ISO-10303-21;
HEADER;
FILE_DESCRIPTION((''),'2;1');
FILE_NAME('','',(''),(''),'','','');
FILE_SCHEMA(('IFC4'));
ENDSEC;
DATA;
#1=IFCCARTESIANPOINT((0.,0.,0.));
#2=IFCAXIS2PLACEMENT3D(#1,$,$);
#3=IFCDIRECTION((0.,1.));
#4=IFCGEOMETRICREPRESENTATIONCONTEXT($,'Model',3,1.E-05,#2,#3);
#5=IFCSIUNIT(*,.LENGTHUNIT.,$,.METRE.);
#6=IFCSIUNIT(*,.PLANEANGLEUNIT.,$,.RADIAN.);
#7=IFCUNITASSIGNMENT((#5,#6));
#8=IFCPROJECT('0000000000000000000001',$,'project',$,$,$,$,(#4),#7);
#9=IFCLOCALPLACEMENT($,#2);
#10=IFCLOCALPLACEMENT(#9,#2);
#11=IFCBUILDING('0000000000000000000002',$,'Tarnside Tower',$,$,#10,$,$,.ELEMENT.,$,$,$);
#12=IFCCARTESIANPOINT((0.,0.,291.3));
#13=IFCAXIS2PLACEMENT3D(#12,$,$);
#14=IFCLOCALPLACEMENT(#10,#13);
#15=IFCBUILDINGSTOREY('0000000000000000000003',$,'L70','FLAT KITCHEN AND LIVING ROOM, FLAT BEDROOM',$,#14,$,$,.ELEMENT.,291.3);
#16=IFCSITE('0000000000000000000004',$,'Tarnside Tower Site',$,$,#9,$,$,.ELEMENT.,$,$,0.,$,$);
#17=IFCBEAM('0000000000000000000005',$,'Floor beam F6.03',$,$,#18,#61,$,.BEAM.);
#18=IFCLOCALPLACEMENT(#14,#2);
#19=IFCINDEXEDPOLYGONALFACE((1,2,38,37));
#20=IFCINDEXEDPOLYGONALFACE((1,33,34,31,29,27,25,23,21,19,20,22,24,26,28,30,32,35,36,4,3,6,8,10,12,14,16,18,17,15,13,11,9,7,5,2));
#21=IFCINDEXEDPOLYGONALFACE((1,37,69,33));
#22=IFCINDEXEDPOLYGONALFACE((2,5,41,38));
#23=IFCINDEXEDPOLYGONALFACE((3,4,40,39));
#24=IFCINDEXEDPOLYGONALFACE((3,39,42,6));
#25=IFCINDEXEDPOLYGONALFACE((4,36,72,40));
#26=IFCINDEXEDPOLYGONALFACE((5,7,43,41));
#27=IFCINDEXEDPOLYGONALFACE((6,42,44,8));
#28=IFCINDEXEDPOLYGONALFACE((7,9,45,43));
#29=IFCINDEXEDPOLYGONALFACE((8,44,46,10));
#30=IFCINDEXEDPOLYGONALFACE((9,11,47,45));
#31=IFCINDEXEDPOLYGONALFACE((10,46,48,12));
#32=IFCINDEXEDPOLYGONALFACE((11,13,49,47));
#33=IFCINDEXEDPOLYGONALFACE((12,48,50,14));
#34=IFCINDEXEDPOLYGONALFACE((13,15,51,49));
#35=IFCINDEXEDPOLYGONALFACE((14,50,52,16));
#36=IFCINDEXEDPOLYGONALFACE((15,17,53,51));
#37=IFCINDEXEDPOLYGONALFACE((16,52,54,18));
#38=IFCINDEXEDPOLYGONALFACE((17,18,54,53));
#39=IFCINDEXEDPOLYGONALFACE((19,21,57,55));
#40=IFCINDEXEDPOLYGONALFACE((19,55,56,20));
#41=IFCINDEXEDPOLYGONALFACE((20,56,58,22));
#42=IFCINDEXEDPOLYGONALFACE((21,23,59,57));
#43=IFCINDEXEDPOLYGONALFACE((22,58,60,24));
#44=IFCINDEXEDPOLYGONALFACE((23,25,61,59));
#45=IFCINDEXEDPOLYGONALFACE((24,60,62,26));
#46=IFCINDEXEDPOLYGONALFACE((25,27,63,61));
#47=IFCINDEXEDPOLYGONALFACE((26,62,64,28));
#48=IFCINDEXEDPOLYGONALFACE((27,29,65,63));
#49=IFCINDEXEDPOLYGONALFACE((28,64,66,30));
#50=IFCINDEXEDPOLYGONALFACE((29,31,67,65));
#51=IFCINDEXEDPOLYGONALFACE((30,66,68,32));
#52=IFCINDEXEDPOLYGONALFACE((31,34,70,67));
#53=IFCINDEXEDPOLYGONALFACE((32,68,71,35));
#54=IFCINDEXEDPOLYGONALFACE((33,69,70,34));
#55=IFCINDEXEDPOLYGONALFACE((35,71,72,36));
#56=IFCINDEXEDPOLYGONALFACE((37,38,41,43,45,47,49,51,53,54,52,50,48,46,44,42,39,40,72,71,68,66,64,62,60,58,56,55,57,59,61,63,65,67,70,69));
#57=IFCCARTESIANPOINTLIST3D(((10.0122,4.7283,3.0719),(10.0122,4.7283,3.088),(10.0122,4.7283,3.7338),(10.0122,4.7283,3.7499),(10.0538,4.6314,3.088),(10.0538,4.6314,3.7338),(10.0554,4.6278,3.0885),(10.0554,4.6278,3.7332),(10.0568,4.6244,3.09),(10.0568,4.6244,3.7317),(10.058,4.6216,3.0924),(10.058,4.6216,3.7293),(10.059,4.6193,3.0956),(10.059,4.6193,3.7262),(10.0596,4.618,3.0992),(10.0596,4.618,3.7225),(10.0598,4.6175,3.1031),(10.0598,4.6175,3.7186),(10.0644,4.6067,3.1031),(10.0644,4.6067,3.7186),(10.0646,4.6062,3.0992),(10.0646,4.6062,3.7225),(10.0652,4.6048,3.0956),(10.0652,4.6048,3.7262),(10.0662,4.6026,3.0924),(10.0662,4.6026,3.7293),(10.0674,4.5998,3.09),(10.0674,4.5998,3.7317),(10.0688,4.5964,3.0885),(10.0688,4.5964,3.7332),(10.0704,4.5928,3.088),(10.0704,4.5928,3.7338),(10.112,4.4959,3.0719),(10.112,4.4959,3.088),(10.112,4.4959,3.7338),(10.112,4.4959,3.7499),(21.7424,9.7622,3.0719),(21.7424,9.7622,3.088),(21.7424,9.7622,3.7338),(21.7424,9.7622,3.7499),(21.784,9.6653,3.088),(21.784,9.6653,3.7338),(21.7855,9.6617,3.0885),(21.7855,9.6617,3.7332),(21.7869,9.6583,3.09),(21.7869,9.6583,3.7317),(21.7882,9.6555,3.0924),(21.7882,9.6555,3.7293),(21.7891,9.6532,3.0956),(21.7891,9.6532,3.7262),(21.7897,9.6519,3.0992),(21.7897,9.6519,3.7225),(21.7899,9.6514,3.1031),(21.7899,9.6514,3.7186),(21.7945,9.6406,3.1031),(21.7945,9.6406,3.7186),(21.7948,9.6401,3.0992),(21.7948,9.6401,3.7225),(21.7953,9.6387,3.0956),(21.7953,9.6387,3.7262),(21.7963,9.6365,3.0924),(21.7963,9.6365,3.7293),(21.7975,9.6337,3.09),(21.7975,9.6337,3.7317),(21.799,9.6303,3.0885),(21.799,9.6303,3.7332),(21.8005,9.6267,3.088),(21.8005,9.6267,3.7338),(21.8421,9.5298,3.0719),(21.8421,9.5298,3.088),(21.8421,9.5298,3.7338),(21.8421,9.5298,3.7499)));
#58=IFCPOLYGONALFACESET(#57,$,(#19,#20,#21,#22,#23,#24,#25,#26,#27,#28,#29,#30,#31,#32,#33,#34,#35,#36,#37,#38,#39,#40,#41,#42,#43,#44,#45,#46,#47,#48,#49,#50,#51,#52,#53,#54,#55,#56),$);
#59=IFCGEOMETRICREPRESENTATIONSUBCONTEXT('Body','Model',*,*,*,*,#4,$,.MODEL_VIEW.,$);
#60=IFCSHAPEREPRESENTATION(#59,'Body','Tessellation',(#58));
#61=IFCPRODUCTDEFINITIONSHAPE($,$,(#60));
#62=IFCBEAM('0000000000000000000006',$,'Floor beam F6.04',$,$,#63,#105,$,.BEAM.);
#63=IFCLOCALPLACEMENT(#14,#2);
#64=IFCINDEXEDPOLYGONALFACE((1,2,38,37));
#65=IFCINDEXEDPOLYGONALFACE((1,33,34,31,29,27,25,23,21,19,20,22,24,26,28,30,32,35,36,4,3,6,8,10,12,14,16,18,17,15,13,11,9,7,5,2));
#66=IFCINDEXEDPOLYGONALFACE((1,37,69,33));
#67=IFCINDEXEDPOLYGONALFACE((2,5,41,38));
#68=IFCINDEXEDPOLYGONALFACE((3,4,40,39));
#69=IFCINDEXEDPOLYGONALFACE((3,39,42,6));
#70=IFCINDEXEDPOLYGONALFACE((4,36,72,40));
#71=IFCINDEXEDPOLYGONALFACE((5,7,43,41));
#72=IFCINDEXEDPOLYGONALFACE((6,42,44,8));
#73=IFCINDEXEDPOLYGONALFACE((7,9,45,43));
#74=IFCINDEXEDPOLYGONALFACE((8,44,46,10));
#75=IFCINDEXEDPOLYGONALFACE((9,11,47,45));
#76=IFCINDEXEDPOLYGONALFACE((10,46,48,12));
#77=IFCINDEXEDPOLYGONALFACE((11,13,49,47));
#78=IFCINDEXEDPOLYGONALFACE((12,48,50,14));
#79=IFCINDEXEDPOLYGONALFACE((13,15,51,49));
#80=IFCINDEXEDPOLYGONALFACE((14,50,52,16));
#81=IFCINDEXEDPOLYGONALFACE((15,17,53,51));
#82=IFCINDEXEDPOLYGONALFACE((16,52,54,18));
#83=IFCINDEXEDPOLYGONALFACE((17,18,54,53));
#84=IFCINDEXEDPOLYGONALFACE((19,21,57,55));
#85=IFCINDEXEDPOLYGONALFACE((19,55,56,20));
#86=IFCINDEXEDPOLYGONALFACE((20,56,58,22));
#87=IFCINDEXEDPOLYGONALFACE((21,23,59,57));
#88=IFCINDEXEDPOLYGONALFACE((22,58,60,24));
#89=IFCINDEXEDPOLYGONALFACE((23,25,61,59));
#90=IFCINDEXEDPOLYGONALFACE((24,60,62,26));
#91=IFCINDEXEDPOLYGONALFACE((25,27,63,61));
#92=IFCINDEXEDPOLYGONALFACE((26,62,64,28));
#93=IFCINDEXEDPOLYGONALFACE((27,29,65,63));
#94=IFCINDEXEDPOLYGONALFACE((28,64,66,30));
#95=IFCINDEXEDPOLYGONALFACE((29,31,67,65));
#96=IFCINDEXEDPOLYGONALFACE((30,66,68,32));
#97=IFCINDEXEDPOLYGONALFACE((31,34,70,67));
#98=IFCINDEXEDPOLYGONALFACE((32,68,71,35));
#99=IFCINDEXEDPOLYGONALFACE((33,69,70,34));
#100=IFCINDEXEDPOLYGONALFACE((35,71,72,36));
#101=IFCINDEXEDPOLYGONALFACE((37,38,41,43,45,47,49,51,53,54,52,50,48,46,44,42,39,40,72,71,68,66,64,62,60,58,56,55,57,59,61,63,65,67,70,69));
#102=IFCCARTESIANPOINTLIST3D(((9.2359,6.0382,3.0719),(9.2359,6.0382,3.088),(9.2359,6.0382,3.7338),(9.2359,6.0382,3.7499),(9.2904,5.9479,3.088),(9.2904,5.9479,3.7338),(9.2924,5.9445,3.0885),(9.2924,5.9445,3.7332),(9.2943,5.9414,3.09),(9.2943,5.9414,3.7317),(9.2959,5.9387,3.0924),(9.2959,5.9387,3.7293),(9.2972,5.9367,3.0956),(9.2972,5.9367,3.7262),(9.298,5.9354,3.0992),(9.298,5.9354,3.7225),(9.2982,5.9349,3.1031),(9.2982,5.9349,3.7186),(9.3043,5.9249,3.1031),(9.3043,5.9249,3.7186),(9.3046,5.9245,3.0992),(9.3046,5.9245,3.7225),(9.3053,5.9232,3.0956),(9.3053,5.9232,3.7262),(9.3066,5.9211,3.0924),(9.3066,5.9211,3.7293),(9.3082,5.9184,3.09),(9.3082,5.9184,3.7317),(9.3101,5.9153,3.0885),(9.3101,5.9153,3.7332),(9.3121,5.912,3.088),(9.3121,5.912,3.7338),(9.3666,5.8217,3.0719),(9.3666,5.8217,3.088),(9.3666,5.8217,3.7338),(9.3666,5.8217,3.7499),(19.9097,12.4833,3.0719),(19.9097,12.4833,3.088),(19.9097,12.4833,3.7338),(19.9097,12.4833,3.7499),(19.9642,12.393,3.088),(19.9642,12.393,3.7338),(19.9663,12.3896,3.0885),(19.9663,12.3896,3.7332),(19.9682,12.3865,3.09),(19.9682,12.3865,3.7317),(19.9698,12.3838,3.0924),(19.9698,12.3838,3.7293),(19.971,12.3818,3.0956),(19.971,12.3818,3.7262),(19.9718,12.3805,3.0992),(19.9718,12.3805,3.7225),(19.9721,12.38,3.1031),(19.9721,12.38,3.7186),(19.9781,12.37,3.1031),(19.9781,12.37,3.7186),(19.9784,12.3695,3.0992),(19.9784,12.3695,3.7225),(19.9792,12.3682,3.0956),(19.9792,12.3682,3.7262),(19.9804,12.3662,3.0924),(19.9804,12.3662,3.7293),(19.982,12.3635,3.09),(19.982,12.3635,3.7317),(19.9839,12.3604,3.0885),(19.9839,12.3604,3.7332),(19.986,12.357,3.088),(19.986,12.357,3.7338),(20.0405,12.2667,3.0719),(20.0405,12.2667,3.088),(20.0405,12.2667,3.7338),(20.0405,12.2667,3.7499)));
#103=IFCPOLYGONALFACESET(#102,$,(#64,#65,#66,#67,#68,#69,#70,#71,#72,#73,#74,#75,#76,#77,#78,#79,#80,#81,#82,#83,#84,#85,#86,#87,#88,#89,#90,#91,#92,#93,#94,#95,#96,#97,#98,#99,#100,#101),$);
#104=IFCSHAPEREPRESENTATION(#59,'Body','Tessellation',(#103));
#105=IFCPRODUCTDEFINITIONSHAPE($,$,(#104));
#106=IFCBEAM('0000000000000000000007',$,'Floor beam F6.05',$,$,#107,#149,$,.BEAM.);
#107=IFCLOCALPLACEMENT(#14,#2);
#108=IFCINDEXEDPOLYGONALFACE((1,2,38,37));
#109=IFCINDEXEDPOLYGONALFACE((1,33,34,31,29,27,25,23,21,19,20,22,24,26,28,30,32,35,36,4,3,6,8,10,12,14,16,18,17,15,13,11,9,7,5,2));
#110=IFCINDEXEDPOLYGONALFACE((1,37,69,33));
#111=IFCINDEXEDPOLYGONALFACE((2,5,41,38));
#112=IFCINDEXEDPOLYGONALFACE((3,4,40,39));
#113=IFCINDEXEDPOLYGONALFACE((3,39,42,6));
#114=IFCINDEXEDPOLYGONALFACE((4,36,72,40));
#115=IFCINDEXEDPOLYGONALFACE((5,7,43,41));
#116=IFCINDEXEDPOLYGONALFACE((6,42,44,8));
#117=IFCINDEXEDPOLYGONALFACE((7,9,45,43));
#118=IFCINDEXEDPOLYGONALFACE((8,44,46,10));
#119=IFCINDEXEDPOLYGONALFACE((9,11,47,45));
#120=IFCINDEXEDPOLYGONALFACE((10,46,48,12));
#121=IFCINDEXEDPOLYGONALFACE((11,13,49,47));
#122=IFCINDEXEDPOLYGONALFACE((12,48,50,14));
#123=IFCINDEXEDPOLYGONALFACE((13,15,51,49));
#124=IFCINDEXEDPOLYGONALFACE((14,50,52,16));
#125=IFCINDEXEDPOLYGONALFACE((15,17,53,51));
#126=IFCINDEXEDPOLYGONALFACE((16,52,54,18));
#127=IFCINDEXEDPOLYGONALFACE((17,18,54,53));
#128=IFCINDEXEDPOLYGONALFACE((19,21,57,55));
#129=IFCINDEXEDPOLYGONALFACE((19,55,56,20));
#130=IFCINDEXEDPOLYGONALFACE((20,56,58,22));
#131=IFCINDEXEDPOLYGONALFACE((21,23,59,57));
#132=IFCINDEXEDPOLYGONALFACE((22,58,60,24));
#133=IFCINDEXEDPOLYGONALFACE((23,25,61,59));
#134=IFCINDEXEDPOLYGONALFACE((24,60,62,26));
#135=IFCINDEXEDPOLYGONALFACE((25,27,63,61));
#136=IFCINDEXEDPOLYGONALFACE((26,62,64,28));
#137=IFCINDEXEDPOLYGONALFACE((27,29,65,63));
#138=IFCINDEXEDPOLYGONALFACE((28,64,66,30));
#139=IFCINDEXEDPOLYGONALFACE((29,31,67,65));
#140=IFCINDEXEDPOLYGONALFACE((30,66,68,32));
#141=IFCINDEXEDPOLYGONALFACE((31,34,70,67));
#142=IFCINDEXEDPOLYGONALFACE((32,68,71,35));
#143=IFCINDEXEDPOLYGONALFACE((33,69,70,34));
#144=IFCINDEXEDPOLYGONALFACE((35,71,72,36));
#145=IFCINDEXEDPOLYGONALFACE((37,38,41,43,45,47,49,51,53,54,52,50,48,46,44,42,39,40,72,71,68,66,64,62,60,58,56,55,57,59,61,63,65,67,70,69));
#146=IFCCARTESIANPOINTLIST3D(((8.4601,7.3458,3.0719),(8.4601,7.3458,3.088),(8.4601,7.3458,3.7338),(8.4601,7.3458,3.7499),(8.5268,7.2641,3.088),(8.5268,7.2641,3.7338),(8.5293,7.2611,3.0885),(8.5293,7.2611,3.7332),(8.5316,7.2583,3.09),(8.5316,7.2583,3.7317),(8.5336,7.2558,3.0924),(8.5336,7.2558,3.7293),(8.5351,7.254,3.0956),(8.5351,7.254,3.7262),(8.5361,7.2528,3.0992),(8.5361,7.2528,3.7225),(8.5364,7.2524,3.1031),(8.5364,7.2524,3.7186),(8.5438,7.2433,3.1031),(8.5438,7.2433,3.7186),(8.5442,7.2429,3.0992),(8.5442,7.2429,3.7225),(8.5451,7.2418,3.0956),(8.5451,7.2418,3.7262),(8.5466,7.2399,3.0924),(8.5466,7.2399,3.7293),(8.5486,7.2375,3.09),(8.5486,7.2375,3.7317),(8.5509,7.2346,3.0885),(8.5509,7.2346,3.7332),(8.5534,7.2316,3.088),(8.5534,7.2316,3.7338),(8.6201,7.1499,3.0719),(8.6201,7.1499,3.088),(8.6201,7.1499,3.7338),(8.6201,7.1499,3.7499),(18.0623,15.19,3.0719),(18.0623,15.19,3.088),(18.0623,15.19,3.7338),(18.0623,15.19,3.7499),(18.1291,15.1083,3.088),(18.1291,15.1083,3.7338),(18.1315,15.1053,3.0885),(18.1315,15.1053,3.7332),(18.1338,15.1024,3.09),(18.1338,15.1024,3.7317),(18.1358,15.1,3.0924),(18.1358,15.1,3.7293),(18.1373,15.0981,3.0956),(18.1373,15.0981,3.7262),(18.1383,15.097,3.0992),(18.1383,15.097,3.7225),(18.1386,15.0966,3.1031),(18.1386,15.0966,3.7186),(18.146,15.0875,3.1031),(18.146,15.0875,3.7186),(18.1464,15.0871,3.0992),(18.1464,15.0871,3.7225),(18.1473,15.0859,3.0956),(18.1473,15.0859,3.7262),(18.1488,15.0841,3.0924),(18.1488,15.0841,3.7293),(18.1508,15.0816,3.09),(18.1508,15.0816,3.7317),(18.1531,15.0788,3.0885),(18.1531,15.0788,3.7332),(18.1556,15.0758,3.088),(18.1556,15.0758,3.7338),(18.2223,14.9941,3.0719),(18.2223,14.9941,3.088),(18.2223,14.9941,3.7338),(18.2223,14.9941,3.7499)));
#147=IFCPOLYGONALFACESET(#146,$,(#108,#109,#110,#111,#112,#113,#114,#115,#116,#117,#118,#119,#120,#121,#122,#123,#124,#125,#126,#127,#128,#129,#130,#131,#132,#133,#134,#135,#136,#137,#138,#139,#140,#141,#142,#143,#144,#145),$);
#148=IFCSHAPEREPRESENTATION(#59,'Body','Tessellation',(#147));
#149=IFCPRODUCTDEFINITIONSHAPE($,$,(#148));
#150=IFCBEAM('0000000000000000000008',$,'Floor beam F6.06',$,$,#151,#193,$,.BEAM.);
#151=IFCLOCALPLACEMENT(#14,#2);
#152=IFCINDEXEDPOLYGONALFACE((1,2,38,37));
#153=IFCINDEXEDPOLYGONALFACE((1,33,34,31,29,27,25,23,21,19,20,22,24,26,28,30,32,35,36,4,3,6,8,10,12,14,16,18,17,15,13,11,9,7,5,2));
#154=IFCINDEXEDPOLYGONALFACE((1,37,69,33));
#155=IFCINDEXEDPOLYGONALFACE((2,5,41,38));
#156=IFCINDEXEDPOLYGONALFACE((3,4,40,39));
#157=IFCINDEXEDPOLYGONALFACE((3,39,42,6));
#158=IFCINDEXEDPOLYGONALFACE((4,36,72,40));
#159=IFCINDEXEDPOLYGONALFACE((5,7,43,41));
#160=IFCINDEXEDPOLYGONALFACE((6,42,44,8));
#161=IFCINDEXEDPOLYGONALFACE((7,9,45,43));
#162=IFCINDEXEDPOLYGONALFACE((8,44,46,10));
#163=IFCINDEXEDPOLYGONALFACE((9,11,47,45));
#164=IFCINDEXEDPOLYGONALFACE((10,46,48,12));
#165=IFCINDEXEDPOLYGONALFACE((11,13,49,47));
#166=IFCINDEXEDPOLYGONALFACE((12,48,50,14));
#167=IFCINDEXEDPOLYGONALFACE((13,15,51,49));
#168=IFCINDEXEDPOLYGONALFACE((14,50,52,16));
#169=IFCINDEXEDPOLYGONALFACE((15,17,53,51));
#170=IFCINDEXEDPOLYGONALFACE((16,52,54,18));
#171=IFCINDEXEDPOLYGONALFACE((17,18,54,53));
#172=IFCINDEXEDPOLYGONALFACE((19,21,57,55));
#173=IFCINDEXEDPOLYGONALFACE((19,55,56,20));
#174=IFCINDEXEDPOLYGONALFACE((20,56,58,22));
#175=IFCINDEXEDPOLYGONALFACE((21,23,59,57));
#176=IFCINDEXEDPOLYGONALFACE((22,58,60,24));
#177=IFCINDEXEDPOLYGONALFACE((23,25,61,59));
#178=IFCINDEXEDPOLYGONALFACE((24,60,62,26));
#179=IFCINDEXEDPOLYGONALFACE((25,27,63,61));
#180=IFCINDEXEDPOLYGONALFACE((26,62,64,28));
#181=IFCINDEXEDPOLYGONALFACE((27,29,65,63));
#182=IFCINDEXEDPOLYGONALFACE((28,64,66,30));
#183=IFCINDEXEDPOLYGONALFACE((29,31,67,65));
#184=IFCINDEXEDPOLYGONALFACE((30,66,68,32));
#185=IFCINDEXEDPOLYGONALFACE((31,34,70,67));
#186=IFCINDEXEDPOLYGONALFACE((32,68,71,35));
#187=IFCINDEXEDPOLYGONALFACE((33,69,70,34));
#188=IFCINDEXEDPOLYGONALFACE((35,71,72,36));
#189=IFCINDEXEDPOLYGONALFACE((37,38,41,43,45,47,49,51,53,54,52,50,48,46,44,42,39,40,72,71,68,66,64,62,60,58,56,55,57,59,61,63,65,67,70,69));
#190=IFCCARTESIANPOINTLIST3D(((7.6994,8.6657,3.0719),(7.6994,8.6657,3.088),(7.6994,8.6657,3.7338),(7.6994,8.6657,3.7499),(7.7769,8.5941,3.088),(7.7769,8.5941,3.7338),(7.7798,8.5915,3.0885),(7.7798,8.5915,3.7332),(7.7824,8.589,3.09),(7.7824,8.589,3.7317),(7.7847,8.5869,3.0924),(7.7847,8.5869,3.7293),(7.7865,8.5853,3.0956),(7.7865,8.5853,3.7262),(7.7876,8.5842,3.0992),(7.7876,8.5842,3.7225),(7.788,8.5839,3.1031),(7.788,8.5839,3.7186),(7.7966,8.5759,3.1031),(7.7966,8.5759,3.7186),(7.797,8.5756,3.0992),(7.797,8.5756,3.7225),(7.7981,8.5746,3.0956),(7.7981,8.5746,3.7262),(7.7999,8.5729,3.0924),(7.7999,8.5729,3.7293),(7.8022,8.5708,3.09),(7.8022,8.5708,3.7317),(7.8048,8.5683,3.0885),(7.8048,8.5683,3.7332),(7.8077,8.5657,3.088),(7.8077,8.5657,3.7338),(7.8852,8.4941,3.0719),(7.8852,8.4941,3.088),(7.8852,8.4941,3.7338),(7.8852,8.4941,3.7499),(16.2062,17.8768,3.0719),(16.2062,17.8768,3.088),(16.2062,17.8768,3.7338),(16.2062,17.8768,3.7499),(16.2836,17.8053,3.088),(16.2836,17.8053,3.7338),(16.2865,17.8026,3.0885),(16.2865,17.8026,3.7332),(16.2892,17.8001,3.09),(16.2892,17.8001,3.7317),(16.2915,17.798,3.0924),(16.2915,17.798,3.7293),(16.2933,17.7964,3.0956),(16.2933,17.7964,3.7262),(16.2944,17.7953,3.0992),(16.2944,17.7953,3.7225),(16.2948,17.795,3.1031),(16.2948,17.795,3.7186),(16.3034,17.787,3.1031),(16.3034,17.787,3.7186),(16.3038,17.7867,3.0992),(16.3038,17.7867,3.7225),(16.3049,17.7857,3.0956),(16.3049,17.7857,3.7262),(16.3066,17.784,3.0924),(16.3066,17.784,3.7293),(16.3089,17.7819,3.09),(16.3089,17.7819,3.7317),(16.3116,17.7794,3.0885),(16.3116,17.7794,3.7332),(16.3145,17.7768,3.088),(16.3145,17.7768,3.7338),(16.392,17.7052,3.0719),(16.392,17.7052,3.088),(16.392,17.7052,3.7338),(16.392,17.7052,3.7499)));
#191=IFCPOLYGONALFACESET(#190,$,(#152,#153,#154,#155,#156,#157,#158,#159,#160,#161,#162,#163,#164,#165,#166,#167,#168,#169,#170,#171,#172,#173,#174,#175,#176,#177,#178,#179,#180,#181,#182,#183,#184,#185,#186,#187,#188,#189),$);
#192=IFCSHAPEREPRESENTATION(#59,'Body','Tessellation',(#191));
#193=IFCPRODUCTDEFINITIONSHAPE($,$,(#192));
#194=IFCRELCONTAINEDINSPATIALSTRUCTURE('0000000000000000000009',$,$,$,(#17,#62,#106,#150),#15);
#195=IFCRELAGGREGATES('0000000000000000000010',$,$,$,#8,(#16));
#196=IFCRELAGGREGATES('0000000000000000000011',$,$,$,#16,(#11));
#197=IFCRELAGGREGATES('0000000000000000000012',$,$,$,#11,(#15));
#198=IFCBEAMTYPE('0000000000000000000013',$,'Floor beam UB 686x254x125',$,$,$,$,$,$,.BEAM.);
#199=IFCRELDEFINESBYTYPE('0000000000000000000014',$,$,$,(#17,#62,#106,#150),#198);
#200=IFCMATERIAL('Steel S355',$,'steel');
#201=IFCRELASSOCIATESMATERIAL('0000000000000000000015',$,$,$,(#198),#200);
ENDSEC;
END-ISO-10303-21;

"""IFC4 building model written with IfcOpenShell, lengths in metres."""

from ifc_helpers import new_model, si_unit, direction, frame, origin, origin_2d, place, context, subcontext, project, spatial, i_section, extrude, material, material_profile, profile_set, type_object, element, save


model = new_model("IFC4")

# Units and contexts
model_context = context("Model", 3, precision=1e-05, world=origin(), true_north=direction((0.0, 1.0)))
body_context = subcontext(model_context, "Body", "Model", "MODEL_VIEW")
ifc_project = project(units=[si_unit("LENGTHUNIT", "METRE"), si_unit("PLANEANGLEUNIT", "RADIAN")], contexts=[model_context])

# Site, building, storey
site_placement = place(None, origin())
site = spatial("IfcSite", under=ifc_project, at=site_placement, Name="Tarnside Tower Site", CompositionType="ELEMENT", RefElevation=0.0)
building_placement = place(site_placement, origin())
building = spatial("IfcBuilding", under=site, at=building_placement, Name="Tarnside Tower", CompositionType="ELEMENT")
storey_placement = place(building_placement, frame((0.0, 0.0, 291.3)))
storey = spatial("IfcBuildingStorey", under=building, at=storey_placement, Name="L70", Description="FLAT KITCHEN AND LIVING ROOM, FLAT BEDROOM", CompositionType="ELEMENT", Elevation=291.3)

# Beams
ifc_material_1 = material(Name="Steel S355", Category="steel")
ifc_material_profile_1 = material_profile(ifc_material_1, i_section(OverallWidth=0.2529, OverallDepth=0.678, WebThickness=0.0117, FlangeThickness=0.0161, FilletRadius=0.0151, at=origin_2d()), Name="UB 686x254x125")
ifc_profile_set_1 = profile_set([ifc_material_profile_1], Name="Steel S355")
beam_type_1 = type_object("IfcBeamType", Name="Floor beam UB 686x254x125", PredefinedType="BEAM", material=ifc_profile_set_1)
beam_1_placement = place(storey_placement, frame((21.7922, 9.646, 3.4109), z_axis=(-0.918955, -0.394362, 0.0), x_axis=(0.394362, -0.918955, 0.0)))
element("IfcBeam", 1, at=beam_1_placement, inside=storey, type_object=beam_type_1, Name="Floor beam F6.03", PredefinedType="BEAM", context=body_context, shape_type="SweptSolid", body=[
    extrude(i_section(OverallWidth=0.2529, OverallDepth=0.678, WebThickness=0.0117, FlangeThickness=0.0161, FilletRadius=0.0151, at=origin_2d()), origin(), (0.0, 0.0, 1.0), 12.7646),
])
beam_2_placement = place(storey_placement, frame((19.9751, 12.375, 3.4109), z_axis=(-0.856047, -0.516898, 0.0), x_axis=(0.516898, -0.856047, 0.0)))
element("IfcBeam", 2, at=beam_2_placement, inside=storey, type_object=beam_type_1, Name="Floor beam F6.04", PredefinedType="BEAM", context=body_context, shape_type="SweptSolid", body=[
    extrude(i_section(OverallWidth=0.2529, OverallDepth=0.678, WebThickness=0.0117, FlangeThickness=0.0161, FilletRadius=0.0151, at=origin_2d()), origin(), (0.0, 0.0, 1.0), 12.4688),
])
beam_3_placement = place(storey_placement, frame((18.1423, 15.092, 3.4109), z_axis=(-0.774439, -0.632649, 0.0), x_axis=(0.632649, -0.774439, 0.0)))
element("IfcBeam", 3, at=beam_3_placement, inside=storey, type_object=beam_type_1, Name="Floor beam F6.05", PredefinedType="BEAM", context=body_context, shape_type="SweptSolid", body=[
    extrude(i_section(OverallWidth=0.2529, OverallDepth=0.678, WebThickness=0.0117, FlangeThickness=0.0161, FilletRadius=0.0151, at=origin_2d()), origin(), (0.0, 0.0, 1.0), 12.3989),
])
beam_4_placement = place(storey_placement, frame((16.2991, 17.791, 3.4109), z_axis=(-0.678461, -0.734636, 0.0), x_axis=(0.734636, -0.678461, 0.0)))
element("IfcBeam", 4, at=beam_4_placement, inside=storey, type_object=beam_type_1, Name="Floor beam F6.06", PredefinedType="BEAM", context=body_context, shape_type="SweptSolid", body=[
    extrude(i_section(OverallWidth=0.2529, OverallDepth=0.678, WebThickness=0.0117, FlangeThickness=0.0161, FilletRadius=0.0151, at=origin_2d()), origin(), (0.0, 0.0, 1.0), 12.5383),
])

save(model, "model.ifc")
